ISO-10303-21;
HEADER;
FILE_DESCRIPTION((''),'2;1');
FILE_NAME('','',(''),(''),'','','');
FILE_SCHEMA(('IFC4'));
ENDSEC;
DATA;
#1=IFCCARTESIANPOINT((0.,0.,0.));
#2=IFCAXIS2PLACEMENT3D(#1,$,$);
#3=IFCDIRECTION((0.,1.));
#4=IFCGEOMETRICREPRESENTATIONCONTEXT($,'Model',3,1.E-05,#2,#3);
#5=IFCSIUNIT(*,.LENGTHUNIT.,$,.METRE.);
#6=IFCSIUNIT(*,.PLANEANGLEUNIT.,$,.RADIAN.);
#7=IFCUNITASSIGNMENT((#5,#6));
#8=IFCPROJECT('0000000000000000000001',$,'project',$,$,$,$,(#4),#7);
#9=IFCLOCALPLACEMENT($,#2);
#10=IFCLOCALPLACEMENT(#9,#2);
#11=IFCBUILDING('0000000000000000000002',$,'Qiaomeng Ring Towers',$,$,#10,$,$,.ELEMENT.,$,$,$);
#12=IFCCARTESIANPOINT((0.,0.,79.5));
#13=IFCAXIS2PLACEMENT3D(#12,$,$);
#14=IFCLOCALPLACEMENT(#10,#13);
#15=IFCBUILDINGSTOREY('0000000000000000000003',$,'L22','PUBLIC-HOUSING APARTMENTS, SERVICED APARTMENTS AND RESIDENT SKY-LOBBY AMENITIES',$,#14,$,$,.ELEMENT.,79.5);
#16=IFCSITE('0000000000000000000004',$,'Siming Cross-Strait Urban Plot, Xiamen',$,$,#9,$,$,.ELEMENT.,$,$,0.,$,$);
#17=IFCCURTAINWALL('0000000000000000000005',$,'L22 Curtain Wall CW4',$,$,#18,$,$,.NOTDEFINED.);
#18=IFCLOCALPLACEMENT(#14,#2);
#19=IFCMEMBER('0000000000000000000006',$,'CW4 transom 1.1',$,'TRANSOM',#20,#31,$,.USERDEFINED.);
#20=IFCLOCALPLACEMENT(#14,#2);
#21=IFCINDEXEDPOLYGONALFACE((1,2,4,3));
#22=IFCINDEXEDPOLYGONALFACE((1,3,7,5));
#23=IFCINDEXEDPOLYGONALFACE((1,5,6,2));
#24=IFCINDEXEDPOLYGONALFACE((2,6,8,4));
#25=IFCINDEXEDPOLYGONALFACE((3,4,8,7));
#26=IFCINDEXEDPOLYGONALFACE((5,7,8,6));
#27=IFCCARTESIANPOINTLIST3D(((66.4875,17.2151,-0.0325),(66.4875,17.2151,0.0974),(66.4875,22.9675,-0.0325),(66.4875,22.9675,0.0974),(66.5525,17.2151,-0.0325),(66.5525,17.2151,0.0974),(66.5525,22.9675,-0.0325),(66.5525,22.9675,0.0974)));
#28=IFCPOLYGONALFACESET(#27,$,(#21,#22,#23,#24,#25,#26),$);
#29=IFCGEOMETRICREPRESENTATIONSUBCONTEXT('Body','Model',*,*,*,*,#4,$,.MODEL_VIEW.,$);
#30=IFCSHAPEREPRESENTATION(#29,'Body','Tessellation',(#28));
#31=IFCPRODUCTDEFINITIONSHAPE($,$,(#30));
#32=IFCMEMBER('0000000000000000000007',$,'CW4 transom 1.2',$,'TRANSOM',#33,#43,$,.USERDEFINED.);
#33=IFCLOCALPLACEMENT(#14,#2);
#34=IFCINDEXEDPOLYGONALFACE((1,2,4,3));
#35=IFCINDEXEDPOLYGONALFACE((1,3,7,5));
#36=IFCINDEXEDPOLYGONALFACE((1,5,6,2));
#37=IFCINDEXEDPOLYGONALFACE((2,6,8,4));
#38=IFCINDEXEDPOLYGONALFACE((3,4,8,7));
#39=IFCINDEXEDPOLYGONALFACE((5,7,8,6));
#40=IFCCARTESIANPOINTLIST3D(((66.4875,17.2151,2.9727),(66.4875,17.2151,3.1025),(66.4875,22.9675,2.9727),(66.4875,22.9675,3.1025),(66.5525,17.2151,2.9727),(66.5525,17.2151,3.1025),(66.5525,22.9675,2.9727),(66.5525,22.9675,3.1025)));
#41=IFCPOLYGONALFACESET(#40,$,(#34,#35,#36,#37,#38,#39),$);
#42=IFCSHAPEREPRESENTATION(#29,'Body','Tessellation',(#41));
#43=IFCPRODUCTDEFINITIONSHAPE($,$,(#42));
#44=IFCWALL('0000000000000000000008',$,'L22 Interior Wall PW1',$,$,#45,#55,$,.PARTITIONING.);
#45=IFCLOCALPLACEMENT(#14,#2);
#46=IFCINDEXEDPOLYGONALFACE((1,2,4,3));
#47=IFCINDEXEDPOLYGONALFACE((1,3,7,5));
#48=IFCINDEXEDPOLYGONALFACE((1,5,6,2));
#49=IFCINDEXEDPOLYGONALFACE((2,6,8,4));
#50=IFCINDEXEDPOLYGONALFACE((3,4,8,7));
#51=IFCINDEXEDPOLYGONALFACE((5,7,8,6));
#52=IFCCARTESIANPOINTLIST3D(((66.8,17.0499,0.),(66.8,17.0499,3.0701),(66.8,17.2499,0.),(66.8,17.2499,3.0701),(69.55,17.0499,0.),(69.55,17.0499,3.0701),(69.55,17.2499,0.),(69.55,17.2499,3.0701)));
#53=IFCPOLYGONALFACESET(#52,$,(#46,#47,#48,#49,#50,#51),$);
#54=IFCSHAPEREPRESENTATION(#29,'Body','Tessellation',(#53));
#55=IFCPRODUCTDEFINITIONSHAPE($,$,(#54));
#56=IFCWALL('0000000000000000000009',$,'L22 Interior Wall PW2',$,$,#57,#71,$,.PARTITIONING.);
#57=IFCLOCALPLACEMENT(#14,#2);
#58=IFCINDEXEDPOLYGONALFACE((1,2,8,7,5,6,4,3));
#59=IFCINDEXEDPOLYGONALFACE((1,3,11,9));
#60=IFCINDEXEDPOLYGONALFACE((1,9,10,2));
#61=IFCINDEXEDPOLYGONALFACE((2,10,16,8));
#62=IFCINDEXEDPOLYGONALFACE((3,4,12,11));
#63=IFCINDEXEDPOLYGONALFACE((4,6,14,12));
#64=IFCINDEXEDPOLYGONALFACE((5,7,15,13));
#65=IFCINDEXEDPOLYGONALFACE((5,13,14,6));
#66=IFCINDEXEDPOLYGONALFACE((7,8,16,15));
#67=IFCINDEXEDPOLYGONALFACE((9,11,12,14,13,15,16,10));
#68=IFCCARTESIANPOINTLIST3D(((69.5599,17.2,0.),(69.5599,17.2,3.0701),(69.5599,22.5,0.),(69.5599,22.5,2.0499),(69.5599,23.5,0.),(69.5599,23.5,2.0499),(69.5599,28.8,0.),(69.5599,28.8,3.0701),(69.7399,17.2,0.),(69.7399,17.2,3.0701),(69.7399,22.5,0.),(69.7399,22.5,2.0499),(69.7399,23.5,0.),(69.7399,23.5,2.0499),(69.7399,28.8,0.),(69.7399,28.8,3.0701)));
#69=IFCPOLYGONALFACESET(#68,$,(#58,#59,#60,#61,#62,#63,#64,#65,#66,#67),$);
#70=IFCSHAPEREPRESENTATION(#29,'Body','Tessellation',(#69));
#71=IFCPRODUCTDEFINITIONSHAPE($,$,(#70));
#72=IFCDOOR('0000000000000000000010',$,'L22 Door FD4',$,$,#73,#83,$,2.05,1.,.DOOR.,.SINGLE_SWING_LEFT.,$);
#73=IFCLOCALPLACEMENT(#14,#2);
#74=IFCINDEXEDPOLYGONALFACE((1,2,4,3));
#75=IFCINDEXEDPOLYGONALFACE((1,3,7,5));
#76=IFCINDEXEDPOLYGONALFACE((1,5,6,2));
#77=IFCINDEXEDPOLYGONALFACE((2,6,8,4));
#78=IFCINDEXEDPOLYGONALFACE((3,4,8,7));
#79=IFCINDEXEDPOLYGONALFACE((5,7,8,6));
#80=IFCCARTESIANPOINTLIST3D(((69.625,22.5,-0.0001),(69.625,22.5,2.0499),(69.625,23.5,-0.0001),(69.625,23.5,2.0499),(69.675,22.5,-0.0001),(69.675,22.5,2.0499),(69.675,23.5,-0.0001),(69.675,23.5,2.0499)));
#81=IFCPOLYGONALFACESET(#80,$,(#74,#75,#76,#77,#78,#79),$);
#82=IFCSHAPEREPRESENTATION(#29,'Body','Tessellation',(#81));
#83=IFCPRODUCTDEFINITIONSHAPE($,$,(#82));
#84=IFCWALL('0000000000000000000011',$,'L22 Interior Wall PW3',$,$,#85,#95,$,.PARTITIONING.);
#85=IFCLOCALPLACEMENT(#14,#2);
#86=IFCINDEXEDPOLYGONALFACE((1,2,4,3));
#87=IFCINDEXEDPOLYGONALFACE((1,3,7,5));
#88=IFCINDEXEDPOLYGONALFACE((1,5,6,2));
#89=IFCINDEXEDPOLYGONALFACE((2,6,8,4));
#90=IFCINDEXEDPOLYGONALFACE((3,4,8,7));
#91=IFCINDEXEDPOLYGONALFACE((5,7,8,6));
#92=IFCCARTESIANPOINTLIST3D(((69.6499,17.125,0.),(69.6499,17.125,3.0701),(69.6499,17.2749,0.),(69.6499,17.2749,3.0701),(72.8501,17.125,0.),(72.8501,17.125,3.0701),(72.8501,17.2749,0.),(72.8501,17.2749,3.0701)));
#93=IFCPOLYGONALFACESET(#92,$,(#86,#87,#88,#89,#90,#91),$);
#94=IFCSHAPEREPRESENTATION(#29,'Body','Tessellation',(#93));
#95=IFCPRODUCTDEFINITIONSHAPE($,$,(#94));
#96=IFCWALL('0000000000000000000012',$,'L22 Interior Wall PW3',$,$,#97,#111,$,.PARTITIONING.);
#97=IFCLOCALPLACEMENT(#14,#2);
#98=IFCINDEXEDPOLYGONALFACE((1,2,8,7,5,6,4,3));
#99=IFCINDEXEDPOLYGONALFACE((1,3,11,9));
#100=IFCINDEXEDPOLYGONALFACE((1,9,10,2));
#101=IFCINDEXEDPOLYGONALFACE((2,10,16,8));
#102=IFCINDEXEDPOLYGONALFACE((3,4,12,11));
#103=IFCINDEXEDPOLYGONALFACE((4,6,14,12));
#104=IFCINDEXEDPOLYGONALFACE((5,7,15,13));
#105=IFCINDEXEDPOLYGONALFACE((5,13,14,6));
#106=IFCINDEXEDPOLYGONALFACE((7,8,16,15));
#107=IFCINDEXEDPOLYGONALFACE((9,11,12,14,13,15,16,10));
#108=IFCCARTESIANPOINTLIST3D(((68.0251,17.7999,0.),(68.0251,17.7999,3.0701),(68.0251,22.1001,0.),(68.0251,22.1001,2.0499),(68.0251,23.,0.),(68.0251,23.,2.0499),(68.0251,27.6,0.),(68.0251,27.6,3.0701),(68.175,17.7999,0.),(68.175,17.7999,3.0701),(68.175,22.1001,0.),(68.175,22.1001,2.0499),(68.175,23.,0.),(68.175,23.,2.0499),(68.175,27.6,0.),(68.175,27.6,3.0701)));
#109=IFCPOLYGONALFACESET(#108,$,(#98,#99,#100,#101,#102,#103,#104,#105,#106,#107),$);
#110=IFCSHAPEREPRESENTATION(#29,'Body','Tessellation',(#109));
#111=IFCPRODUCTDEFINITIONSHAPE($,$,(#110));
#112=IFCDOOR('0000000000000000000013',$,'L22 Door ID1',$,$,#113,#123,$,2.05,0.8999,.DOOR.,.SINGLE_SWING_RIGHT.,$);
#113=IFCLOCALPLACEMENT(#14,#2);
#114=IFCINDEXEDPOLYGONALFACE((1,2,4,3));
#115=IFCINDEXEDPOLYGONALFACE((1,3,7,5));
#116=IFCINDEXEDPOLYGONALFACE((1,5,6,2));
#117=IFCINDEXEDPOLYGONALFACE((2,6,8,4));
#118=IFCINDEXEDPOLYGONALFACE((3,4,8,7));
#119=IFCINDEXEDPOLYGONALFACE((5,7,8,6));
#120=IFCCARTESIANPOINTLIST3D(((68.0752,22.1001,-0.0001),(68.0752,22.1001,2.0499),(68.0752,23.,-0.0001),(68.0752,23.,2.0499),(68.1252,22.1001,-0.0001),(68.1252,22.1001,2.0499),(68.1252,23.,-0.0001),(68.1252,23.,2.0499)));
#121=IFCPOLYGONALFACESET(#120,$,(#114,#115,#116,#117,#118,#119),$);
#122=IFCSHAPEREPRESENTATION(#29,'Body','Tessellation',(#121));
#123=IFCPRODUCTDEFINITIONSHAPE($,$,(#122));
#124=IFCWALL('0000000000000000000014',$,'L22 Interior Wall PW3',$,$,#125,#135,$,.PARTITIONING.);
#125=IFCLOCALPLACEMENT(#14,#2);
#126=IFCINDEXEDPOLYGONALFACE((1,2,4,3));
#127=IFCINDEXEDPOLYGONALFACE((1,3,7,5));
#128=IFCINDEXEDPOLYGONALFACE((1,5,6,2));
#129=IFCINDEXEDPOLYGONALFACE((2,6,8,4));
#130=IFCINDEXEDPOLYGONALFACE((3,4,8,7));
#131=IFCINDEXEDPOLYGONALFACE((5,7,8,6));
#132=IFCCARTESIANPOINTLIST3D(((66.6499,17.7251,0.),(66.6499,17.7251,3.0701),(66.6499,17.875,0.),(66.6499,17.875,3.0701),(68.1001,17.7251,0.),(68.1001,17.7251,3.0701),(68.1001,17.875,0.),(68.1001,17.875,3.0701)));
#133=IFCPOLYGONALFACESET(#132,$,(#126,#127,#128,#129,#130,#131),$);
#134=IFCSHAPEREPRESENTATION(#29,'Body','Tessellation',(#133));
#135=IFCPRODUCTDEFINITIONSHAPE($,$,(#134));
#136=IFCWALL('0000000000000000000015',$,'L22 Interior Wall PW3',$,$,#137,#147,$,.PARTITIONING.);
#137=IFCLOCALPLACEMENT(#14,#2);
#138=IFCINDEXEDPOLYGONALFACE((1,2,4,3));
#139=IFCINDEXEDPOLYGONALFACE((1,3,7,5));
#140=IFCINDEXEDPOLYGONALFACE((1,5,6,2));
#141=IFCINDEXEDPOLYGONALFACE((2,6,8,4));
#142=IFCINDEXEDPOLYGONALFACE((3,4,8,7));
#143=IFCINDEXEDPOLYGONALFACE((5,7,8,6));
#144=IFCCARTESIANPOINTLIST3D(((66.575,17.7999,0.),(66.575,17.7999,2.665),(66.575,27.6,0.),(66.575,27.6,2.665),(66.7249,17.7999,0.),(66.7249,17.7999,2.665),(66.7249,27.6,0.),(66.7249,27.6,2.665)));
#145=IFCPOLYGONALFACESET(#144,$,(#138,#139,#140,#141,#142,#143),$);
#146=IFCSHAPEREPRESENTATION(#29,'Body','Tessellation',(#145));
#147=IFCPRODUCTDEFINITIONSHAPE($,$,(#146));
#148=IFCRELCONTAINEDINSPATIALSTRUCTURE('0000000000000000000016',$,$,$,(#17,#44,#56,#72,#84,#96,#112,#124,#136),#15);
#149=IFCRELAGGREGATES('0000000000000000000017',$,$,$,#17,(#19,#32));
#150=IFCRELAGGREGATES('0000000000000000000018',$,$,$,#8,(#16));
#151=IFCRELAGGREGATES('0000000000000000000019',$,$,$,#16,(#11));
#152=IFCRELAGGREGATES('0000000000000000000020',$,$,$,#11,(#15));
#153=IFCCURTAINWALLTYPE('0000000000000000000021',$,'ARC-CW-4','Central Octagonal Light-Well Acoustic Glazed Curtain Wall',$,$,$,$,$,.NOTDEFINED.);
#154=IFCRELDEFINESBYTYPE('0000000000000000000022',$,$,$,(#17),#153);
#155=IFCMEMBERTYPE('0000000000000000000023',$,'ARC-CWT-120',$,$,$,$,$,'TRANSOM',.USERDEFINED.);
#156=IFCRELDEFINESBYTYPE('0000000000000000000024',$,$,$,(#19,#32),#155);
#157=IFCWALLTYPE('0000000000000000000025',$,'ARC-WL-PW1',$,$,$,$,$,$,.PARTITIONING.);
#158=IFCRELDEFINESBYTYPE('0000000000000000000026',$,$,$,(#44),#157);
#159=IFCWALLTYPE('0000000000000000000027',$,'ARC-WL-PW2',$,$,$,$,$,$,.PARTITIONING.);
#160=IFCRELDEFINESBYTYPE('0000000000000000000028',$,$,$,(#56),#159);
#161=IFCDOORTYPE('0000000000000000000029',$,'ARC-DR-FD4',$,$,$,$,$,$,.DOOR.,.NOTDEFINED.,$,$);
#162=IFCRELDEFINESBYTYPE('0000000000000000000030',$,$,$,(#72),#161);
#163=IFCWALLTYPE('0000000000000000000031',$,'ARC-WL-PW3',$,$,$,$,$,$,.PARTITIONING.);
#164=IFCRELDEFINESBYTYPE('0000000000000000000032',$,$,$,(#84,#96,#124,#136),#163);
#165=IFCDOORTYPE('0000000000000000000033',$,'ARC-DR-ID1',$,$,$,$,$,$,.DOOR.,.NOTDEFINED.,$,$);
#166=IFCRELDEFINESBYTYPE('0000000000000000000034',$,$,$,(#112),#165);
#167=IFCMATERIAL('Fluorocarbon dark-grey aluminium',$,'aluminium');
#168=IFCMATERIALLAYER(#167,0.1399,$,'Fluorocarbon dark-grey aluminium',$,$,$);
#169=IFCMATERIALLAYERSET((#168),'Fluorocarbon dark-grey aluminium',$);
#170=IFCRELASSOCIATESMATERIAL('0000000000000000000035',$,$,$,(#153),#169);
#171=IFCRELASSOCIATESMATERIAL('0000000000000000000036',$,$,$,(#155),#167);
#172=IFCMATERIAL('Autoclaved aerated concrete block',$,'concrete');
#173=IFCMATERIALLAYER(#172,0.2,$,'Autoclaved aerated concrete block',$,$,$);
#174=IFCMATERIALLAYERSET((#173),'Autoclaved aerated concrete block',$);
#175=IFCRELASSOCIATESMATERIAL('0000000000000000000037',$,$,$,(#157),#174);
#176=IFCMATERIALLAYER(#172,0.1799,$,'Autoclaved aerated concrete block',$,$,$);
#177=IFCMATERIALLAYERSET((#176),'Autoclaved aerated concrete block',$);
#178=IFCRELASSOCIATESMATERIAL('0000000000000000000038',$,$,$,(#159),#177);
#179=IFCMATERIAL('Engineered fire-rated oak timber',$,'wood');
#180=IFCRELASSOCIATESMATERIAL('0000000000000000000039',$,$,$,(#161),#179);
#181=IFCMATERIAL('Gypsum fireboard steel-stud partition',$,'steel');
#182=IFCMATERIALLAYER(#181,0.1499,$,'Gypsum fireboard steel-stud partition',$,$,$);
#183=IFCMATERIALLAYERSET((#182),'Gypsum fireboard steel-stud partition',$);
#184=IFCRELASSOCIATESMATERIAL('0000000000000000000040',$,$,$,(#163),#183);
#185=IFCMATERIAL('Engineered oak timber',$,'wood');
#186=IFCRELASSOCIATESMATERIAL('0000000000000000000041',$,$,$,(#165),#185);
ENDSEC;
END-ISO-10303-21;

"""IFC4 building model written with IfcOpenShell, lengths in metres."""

from ifc_helpers import new_model, si_unit, direction, frame, frame_2d, origin, origin_2d, place, context, subcontext, project, spatial, rectangle, extrude, source, transform, mapped, material, layer, layer_set, material_profile, profile_set, type_object, element, fill, aggregate, save


model = new_model("IFC4")

# Units and contexts
model_context = context("Model", 3, precision=1e-05, world=origin(), true_north=direction((0.0, 1.0)))
body_context = subcontext(model_context, "Body", "Model", "MODEL_VIEW")
ifc_project = project(units=[si_unit("LENGTHUNIT", "METRE"), si_unit("PLANEANGLEUNIT", "RADIAN")], contexts=[model_context])

# Site, building, storey
site_placement = place(None, origin())
site = spatial("IfcSite", under=ifc_project, at=site_placement, Name="Siming Cross-Strait Urban Plot, Xiamen", CompositionType="ELEMENT", RefElevation=0.0)
building_placement = place(site_placement, origin())
building = spatial("IfcBuilding", under=site, at=building_placement, Name="Qiaomeng Ring Towers", CompositionType="ELEMENT")
storey_placement = place(building_placement, frame((0.0, 0.0, 79.5)))
storey = spatial("IfcBuildingStorey", under=building, at=storey_placement, Name="L22", Description="PUBLIC-HOUSING APARTMENTS, SERVICED APARTMENTS AND RESIDENT SKY-LOBBY AMENITIES", CompositionType="ELEMENT", Elevation=79.5)

# Curtain wall, members
ifc_material_1 = material(Name="Fluorocarbon dark-grey aluminium", Category="aluminium")
ifc_layer_1 = layer(ifc_material_1, 0.1399, Name="Fluorocarbon dark-grey aluminium")
ifc_layer_set_1 = layer_set([ifc_layer_1], Name="Fluorocarbon dark-grey aluminium")
curtain_wall_type = type_object("IfcCurtainWallType", Name="ARC-CW-4", Description="Central Octagonal Light-Well Acoustic Glazed Curtain Wall", PredefinedType="NOTDEFINED", material=ifc_layer_set_1)
curtain_wall_placement = place(storey_placement, origin())
curtain_wall = element("IfcCurtainWall", 1, at=curtain_wall_placement, inside=storey, type_object=curtain_wall_type, Name="L22 Curtain Wall CW4", PredefinedType="NOTDEFINED")
ifc_material_profile_1 = material_profile(ifc_material_1, rectangle(XDim=0.0649, YDim=0.1299, at=origin_2d()), Name="ALU TRAN 65x130")
ifc_profile_set_1 = profile_set([ifc_material_profile_1], Name="Fluorocarbon dark-grey aluminium")
member_type_1 = type_object("IfcMemberType", Name="ARC-CWT-120", ElementType="TRANSOM", PredefinedType="USERDEFINED", material=ifc_profile_set_1)
shared_shape_1 = source(origin(), body_context, "Body", "SweptSolid", [
    extrude(rectangle(XDim=0.0649, YDim=0.1299, at=origin_2d()), origin(), (0.0, 0.0, 1.0), 5.7524),
])
member_1_placement = place(storey_placement, frame((66.52, 17.2151, 0.0325), z_axis=(0.0, 1.0, 0.0), x_axis=(-1.0, 0.0, 0.0)))
member_1 = element("IfcMember", 2, at=member_1_placement, type_object=member_type_1, Name="CW4 transom 1.1", ObjectType="TRANSOM", PredefinedType="USERDEFINED", context=body_context, shape_type="MappedRepresentation", body=[
    mapped(shared_shape_1, transform((0.0, 0.0, 0.0), x_axis=(1.0, 0.0, 0.0), y_axis=(0.0, 1.0, 0.0), z_axis=(0.0, 0.0, 1.0), scale=1.0)),
])
member_2_placement = place(storey_placement, frame((66.52, 17.2151, 3.0376), z_axis=(0.0, 1.0, 0.0), x_axis=(-1.0, 0.0, 0.0)))
member_2 = element("IfcMember", 3, at=member_2_placement, type_object=member_type_1, Name="CW4 transom 1.2", ObjectType="TRANSOM", PredefinedType="USERDEFINED", context=body_context, shape_type="MappedRepresentation", body=[
    mapped(shared_shape_1, transform((0.0, 0.0, 0.0), x_axis=(1.0, 0.0, 0.0), y_axis=(0.0, 1.0, 0.0), z_axis=(0.0, 0.0, 1.0), scale=1.0)),
])
aggregate(curtain_wall, [member_1, member_2])

# Wall
ifc_material_2 = material(Name="Autoclaved aerated concrete block", Category="concrete")
ifc_layer_2 = layer(ifc_material_2, 0.2, Name="Autoclaved aerated concrete block")
ifc_layer_set_2 = layer_set([ifc_layer_2], Name="Autoclaved aerated concrete block")
wall_type_1 = type_object("IfcWallType", Name="ARC-WL-PW1", PredefinedType="PARTITIONING", material=ifc_layer_set_2)
wall_1_placement = place(storey_placement, frame((66.8, 17.1499, 0.0), z_axis=(0.0, 0.0, 1.0), x_axis=(1.0, 0.0, 0.0)))
element("IfcWall", 4, at=wall_1_placement, inside=storey, type_object=wall_type_1, Name="L22 Interior Wall PW1", PredefinedType="PARTITIONING", context=body_context, shape_type="SweptSolid", body=[
    extrude(rectangle(XDim=2.75, YDim=0.2, at=frame_2d((1.375, 0.0))), origin(), (0.0, 0.0, 1.0), 3.0701),
])

# Wall, opening, door
ifc_layer_3 = layer(ifc_material_2, 0.1799, Name="Autoclaved aerated concrete block")
ifc_layer_set_3 = layer_set([ifc_layer_3], Name="Autoclaved aerated concrete block")
wall_type_2 = type_object("IfcWallType", Name="ARC-WL-PW2", PredefinedType="PARTITIONING", material=ifc_layer_set_3)
wall_2_placement = place(storey_placement, frame((69.6499, 17.2, 0.0), z_axis=(0.0, 0.0, 1.0), x_axis=(0.0, 1.0, 0.0)))
wall_2 = element("IfcWall", 5, at=wall_2_placement, inside=storey, type_object=wall_type_2, Name="L22 Interior Wall PW2", PredefinedType="PARTITIONING", context=body_context, shape_type="SweptSolid", body=[
    extrude(rectangle(XDim=11.6001, YDim=0.1799, at=frame_2d((5.8, 0.0))), origin(), (0.0, 0.0, 1.0), 3.0701),
])
opening_1_placement = place(wall_2_placement, frame((5.3, 0.0, 0.0)))
opening_1 = element("IfcOpeningElement", 6, at=opening_1_placement, cuts=wall_2, PredefinedType="OPENING", context=body_context, shape_type="SweptSolid", body=[
    extrude(rectangle(XDim=1.0, YDim=2.05, at=frame_2d((0.5, 1.0249))), frame((0.0, 0.0999, 0.0), z_axis=(0.0, -1.0, 0.0), x_axis=(1.0, 0.0, 0.0)), (0.0, 0.0, 1.0), 0.2),
])
ifc_material_3 = material(Name="Engineered fire-rated oak timber", Category="wood")
door_type_1 = type_object("IfcDoorType", Name="ARC-DR-FD4", OperationType="NOTDEFINED", PredefinedType="DOOR", material=ifc_material_3)
shared_shape_2 = source(origin(), body_context, "Body", "SweptSolid", [
    extrude(rectangle(XDim=1.0, YDim=2.05, at=frame_2d((0.5, 1.0249))), frame((0.0, 0.0249, 0.0), z_axis=(0.0, -1.0, 0.0), x_axis=(1.0, 0.0, 0.0)), (0.0, 0.0, 1.0), 0.05),
])
door_1_placement = place(opening_1_placement, origin())
door_1 = element("IfcDoor", 7, at=door_1_placement, inside=storey, type_object=door_type_1, Name="L22 Door FD4", OperationType="SINGLE_SWING_LEFT", OverallHeight=2.05, OverallWidth=1.0, PredefinedType="DOOR", context=body_context, shape_type="MappedRepresentation", body=[
    mapped(shared_shape_2, transform((0.0, 0.0, 0.0), x_axis=(1.0, 0.0, 0.0), y_axis=(0.0, 1.0, 0.0), z_axis=(0.0, 0.0, 1.0), scale=1.0)),
])
fill(opening_1, door_1)

# Wall
ifc_material_4 = material(Name="Gypsum fireboard steel-stud partition", Category="steel")
ifc_layer_4 = layer(ifc_material_4, 0.1499, Name="Gypsum fireboard steel-stud partition")
ifc_layer_set_4 = layer_set([ifc_layer_4], Name="Gypsum fireboard steel-stud partition")
wall_type_3 = type_object("IfcWallType", Name="ARC-WL-PW3", PredefinedType="PARTITIONING", material=ifc_layer_set_4)
wall_3_placement = place(storey_placement, frame((69.6499, 17.2, 0.0), z_axis=(0.0, 0.0, 1.0), x_axis=(1.0, 0.0, 0.0)))
element("IfcWall", 8, at=wall_3_placement, inside=storey, type_object=wall_type_3, Name="L22 Interior Wall PW3", PredefinedType="PARTITIONING", context=body_context, shape_type="SweptSolid", body=[
    extrude(rectangle(XDim=3.2002, YDim=0.1499, at=frame_2d((1.6001, 0.0))), origin(), (0.0, 0.0, 1.0), 3.0701),
])

# Wall, opening, door
wall_4_placement = place(storey_placement, frame((68.1001, 17.8, 0.0), z_axis=(0.0, 0.0, 1.0), x_axis=(0.0, 1.0, 0.0)))
wall_4 = element("IfcWall", 9, at=wall_4_placement, inside=storey, type_object=wall_type_3, Name="L22 Interior Wall PW3", PredefinedType="PARTITIONING", context=body_context, shape_type="SweptSolid", body=[
    extrude(rectangle(XDim=9.8, YDim=0.1499, at=frame_2d((4.8999, 0.0))), origin(), (0.0, 0.0, 1.0), 3.0701),
])
opening_2_placement = place(wall_4_placement, frame((4.3, 0.0, 0.0)))
opening_2 = element("IfcOpeningElement", 10, at=opening_2_placement, cuts=wall_4, PredefinedType="OPENING", context=body_context, shape_type="SweptSolid", body=[
    extrude(rectangle(XDim=0.8999, YDim=2.05, at=frame_2d((0.45, 1.0249))), frame((0.0, 0.085, 0.0), z_axis=(0.0, -1.0, 0.0), x_axis=(1.0, 0.0, 0.0)), (0.0, 0.0, 1.0), 0.1699),
])
ifc_material_5 = material(Name="Engineered oak timber", Category="wood")
door_type_2 = type_object("IfcDoorType", Name="ARC-DR-ID1", OperationType="NOTDEFINED", PredefinedType="DOOR", material=ifc_material_5)
shared_shape_3 = source(origin(), body_context, "Body", "SweptSolid", [
    extrude(rectangle(XDim=0.8999, YDim=2.05, at=frame_2d((0.45, 1.0249))), frame((0.0, 0.0249, 0.0), z_axis=(0.0, -1.0, 0.0), x_axis=(1.0, 0.0, 0.0)), (0.0, 0.0, 1.0), 0.05),
])
door_2_placement = place(opening_2_placement, origin())
door_2 = element("IfcDoor", 11, at=door_2_placement, inside=storey, type_object=door_type_2, Name="L22 Door ID1", OperationType="SINGLE_SWING_RIGHT", OverallHeight=2.05, OverallWidth=0.8999, PredefinedType="DOOR", context=body_context, shape_type="MappedRepresentation", body=[
    mapped(shared_shape_3, transform((0.0, 0.0, 0.0), x_axis=(1.0, 0.0, 0.0), y_axis=(0.0, 1.0, 0.0), z_axis=(0.0, 0.0, 1.0), scale=1.0)),
])
fill(opening_2, door_2)

# Walls
wall_5_placement = place(storey_placement, frame((66.6499, 17.8, 0.0), z_axis=(0.0, 0.0, 1.0), x_axis=(1.0, 0.0, 0.0)))
element("IfcWall", 12, at=wall_5_placement, inside=storey, type_object=wall_type_3, Name="L22 Interior Wall PW3", PredefinedType="PARTITIONING", context=body_context, shape_type="SweptSolid", body=[
    extrude(rectangle(XDim=1.4502, YDim=0.1499, at=frame_2d((0.7251, 0.0))), origin(), (0.0, 0.0, 1.0), 3.0701),
])
wall_6_placement = place(storey_placement, frame((66.6499, 17.8, 0.0), z_axis=(0.0, 0.0, 1.0), x_axis=(0.0, 1.0, 0.0)))
element("IfcWall", 13, at=wall_6_placement, inside=storey, type_object=wall_type_3, Name="L22 Interior Wall PW3", PredefinedType="PARTITIONING", context=body_context, shape_type="SweptSolid", body=[
    extrude(rectangle(XDim=9.8, YDim=0.1499, at=frame_2d((4.8999, 0.0))), origin(), (0.0, 0.0, 1.0), 2.665),
])

save(model, "model.ifc")
